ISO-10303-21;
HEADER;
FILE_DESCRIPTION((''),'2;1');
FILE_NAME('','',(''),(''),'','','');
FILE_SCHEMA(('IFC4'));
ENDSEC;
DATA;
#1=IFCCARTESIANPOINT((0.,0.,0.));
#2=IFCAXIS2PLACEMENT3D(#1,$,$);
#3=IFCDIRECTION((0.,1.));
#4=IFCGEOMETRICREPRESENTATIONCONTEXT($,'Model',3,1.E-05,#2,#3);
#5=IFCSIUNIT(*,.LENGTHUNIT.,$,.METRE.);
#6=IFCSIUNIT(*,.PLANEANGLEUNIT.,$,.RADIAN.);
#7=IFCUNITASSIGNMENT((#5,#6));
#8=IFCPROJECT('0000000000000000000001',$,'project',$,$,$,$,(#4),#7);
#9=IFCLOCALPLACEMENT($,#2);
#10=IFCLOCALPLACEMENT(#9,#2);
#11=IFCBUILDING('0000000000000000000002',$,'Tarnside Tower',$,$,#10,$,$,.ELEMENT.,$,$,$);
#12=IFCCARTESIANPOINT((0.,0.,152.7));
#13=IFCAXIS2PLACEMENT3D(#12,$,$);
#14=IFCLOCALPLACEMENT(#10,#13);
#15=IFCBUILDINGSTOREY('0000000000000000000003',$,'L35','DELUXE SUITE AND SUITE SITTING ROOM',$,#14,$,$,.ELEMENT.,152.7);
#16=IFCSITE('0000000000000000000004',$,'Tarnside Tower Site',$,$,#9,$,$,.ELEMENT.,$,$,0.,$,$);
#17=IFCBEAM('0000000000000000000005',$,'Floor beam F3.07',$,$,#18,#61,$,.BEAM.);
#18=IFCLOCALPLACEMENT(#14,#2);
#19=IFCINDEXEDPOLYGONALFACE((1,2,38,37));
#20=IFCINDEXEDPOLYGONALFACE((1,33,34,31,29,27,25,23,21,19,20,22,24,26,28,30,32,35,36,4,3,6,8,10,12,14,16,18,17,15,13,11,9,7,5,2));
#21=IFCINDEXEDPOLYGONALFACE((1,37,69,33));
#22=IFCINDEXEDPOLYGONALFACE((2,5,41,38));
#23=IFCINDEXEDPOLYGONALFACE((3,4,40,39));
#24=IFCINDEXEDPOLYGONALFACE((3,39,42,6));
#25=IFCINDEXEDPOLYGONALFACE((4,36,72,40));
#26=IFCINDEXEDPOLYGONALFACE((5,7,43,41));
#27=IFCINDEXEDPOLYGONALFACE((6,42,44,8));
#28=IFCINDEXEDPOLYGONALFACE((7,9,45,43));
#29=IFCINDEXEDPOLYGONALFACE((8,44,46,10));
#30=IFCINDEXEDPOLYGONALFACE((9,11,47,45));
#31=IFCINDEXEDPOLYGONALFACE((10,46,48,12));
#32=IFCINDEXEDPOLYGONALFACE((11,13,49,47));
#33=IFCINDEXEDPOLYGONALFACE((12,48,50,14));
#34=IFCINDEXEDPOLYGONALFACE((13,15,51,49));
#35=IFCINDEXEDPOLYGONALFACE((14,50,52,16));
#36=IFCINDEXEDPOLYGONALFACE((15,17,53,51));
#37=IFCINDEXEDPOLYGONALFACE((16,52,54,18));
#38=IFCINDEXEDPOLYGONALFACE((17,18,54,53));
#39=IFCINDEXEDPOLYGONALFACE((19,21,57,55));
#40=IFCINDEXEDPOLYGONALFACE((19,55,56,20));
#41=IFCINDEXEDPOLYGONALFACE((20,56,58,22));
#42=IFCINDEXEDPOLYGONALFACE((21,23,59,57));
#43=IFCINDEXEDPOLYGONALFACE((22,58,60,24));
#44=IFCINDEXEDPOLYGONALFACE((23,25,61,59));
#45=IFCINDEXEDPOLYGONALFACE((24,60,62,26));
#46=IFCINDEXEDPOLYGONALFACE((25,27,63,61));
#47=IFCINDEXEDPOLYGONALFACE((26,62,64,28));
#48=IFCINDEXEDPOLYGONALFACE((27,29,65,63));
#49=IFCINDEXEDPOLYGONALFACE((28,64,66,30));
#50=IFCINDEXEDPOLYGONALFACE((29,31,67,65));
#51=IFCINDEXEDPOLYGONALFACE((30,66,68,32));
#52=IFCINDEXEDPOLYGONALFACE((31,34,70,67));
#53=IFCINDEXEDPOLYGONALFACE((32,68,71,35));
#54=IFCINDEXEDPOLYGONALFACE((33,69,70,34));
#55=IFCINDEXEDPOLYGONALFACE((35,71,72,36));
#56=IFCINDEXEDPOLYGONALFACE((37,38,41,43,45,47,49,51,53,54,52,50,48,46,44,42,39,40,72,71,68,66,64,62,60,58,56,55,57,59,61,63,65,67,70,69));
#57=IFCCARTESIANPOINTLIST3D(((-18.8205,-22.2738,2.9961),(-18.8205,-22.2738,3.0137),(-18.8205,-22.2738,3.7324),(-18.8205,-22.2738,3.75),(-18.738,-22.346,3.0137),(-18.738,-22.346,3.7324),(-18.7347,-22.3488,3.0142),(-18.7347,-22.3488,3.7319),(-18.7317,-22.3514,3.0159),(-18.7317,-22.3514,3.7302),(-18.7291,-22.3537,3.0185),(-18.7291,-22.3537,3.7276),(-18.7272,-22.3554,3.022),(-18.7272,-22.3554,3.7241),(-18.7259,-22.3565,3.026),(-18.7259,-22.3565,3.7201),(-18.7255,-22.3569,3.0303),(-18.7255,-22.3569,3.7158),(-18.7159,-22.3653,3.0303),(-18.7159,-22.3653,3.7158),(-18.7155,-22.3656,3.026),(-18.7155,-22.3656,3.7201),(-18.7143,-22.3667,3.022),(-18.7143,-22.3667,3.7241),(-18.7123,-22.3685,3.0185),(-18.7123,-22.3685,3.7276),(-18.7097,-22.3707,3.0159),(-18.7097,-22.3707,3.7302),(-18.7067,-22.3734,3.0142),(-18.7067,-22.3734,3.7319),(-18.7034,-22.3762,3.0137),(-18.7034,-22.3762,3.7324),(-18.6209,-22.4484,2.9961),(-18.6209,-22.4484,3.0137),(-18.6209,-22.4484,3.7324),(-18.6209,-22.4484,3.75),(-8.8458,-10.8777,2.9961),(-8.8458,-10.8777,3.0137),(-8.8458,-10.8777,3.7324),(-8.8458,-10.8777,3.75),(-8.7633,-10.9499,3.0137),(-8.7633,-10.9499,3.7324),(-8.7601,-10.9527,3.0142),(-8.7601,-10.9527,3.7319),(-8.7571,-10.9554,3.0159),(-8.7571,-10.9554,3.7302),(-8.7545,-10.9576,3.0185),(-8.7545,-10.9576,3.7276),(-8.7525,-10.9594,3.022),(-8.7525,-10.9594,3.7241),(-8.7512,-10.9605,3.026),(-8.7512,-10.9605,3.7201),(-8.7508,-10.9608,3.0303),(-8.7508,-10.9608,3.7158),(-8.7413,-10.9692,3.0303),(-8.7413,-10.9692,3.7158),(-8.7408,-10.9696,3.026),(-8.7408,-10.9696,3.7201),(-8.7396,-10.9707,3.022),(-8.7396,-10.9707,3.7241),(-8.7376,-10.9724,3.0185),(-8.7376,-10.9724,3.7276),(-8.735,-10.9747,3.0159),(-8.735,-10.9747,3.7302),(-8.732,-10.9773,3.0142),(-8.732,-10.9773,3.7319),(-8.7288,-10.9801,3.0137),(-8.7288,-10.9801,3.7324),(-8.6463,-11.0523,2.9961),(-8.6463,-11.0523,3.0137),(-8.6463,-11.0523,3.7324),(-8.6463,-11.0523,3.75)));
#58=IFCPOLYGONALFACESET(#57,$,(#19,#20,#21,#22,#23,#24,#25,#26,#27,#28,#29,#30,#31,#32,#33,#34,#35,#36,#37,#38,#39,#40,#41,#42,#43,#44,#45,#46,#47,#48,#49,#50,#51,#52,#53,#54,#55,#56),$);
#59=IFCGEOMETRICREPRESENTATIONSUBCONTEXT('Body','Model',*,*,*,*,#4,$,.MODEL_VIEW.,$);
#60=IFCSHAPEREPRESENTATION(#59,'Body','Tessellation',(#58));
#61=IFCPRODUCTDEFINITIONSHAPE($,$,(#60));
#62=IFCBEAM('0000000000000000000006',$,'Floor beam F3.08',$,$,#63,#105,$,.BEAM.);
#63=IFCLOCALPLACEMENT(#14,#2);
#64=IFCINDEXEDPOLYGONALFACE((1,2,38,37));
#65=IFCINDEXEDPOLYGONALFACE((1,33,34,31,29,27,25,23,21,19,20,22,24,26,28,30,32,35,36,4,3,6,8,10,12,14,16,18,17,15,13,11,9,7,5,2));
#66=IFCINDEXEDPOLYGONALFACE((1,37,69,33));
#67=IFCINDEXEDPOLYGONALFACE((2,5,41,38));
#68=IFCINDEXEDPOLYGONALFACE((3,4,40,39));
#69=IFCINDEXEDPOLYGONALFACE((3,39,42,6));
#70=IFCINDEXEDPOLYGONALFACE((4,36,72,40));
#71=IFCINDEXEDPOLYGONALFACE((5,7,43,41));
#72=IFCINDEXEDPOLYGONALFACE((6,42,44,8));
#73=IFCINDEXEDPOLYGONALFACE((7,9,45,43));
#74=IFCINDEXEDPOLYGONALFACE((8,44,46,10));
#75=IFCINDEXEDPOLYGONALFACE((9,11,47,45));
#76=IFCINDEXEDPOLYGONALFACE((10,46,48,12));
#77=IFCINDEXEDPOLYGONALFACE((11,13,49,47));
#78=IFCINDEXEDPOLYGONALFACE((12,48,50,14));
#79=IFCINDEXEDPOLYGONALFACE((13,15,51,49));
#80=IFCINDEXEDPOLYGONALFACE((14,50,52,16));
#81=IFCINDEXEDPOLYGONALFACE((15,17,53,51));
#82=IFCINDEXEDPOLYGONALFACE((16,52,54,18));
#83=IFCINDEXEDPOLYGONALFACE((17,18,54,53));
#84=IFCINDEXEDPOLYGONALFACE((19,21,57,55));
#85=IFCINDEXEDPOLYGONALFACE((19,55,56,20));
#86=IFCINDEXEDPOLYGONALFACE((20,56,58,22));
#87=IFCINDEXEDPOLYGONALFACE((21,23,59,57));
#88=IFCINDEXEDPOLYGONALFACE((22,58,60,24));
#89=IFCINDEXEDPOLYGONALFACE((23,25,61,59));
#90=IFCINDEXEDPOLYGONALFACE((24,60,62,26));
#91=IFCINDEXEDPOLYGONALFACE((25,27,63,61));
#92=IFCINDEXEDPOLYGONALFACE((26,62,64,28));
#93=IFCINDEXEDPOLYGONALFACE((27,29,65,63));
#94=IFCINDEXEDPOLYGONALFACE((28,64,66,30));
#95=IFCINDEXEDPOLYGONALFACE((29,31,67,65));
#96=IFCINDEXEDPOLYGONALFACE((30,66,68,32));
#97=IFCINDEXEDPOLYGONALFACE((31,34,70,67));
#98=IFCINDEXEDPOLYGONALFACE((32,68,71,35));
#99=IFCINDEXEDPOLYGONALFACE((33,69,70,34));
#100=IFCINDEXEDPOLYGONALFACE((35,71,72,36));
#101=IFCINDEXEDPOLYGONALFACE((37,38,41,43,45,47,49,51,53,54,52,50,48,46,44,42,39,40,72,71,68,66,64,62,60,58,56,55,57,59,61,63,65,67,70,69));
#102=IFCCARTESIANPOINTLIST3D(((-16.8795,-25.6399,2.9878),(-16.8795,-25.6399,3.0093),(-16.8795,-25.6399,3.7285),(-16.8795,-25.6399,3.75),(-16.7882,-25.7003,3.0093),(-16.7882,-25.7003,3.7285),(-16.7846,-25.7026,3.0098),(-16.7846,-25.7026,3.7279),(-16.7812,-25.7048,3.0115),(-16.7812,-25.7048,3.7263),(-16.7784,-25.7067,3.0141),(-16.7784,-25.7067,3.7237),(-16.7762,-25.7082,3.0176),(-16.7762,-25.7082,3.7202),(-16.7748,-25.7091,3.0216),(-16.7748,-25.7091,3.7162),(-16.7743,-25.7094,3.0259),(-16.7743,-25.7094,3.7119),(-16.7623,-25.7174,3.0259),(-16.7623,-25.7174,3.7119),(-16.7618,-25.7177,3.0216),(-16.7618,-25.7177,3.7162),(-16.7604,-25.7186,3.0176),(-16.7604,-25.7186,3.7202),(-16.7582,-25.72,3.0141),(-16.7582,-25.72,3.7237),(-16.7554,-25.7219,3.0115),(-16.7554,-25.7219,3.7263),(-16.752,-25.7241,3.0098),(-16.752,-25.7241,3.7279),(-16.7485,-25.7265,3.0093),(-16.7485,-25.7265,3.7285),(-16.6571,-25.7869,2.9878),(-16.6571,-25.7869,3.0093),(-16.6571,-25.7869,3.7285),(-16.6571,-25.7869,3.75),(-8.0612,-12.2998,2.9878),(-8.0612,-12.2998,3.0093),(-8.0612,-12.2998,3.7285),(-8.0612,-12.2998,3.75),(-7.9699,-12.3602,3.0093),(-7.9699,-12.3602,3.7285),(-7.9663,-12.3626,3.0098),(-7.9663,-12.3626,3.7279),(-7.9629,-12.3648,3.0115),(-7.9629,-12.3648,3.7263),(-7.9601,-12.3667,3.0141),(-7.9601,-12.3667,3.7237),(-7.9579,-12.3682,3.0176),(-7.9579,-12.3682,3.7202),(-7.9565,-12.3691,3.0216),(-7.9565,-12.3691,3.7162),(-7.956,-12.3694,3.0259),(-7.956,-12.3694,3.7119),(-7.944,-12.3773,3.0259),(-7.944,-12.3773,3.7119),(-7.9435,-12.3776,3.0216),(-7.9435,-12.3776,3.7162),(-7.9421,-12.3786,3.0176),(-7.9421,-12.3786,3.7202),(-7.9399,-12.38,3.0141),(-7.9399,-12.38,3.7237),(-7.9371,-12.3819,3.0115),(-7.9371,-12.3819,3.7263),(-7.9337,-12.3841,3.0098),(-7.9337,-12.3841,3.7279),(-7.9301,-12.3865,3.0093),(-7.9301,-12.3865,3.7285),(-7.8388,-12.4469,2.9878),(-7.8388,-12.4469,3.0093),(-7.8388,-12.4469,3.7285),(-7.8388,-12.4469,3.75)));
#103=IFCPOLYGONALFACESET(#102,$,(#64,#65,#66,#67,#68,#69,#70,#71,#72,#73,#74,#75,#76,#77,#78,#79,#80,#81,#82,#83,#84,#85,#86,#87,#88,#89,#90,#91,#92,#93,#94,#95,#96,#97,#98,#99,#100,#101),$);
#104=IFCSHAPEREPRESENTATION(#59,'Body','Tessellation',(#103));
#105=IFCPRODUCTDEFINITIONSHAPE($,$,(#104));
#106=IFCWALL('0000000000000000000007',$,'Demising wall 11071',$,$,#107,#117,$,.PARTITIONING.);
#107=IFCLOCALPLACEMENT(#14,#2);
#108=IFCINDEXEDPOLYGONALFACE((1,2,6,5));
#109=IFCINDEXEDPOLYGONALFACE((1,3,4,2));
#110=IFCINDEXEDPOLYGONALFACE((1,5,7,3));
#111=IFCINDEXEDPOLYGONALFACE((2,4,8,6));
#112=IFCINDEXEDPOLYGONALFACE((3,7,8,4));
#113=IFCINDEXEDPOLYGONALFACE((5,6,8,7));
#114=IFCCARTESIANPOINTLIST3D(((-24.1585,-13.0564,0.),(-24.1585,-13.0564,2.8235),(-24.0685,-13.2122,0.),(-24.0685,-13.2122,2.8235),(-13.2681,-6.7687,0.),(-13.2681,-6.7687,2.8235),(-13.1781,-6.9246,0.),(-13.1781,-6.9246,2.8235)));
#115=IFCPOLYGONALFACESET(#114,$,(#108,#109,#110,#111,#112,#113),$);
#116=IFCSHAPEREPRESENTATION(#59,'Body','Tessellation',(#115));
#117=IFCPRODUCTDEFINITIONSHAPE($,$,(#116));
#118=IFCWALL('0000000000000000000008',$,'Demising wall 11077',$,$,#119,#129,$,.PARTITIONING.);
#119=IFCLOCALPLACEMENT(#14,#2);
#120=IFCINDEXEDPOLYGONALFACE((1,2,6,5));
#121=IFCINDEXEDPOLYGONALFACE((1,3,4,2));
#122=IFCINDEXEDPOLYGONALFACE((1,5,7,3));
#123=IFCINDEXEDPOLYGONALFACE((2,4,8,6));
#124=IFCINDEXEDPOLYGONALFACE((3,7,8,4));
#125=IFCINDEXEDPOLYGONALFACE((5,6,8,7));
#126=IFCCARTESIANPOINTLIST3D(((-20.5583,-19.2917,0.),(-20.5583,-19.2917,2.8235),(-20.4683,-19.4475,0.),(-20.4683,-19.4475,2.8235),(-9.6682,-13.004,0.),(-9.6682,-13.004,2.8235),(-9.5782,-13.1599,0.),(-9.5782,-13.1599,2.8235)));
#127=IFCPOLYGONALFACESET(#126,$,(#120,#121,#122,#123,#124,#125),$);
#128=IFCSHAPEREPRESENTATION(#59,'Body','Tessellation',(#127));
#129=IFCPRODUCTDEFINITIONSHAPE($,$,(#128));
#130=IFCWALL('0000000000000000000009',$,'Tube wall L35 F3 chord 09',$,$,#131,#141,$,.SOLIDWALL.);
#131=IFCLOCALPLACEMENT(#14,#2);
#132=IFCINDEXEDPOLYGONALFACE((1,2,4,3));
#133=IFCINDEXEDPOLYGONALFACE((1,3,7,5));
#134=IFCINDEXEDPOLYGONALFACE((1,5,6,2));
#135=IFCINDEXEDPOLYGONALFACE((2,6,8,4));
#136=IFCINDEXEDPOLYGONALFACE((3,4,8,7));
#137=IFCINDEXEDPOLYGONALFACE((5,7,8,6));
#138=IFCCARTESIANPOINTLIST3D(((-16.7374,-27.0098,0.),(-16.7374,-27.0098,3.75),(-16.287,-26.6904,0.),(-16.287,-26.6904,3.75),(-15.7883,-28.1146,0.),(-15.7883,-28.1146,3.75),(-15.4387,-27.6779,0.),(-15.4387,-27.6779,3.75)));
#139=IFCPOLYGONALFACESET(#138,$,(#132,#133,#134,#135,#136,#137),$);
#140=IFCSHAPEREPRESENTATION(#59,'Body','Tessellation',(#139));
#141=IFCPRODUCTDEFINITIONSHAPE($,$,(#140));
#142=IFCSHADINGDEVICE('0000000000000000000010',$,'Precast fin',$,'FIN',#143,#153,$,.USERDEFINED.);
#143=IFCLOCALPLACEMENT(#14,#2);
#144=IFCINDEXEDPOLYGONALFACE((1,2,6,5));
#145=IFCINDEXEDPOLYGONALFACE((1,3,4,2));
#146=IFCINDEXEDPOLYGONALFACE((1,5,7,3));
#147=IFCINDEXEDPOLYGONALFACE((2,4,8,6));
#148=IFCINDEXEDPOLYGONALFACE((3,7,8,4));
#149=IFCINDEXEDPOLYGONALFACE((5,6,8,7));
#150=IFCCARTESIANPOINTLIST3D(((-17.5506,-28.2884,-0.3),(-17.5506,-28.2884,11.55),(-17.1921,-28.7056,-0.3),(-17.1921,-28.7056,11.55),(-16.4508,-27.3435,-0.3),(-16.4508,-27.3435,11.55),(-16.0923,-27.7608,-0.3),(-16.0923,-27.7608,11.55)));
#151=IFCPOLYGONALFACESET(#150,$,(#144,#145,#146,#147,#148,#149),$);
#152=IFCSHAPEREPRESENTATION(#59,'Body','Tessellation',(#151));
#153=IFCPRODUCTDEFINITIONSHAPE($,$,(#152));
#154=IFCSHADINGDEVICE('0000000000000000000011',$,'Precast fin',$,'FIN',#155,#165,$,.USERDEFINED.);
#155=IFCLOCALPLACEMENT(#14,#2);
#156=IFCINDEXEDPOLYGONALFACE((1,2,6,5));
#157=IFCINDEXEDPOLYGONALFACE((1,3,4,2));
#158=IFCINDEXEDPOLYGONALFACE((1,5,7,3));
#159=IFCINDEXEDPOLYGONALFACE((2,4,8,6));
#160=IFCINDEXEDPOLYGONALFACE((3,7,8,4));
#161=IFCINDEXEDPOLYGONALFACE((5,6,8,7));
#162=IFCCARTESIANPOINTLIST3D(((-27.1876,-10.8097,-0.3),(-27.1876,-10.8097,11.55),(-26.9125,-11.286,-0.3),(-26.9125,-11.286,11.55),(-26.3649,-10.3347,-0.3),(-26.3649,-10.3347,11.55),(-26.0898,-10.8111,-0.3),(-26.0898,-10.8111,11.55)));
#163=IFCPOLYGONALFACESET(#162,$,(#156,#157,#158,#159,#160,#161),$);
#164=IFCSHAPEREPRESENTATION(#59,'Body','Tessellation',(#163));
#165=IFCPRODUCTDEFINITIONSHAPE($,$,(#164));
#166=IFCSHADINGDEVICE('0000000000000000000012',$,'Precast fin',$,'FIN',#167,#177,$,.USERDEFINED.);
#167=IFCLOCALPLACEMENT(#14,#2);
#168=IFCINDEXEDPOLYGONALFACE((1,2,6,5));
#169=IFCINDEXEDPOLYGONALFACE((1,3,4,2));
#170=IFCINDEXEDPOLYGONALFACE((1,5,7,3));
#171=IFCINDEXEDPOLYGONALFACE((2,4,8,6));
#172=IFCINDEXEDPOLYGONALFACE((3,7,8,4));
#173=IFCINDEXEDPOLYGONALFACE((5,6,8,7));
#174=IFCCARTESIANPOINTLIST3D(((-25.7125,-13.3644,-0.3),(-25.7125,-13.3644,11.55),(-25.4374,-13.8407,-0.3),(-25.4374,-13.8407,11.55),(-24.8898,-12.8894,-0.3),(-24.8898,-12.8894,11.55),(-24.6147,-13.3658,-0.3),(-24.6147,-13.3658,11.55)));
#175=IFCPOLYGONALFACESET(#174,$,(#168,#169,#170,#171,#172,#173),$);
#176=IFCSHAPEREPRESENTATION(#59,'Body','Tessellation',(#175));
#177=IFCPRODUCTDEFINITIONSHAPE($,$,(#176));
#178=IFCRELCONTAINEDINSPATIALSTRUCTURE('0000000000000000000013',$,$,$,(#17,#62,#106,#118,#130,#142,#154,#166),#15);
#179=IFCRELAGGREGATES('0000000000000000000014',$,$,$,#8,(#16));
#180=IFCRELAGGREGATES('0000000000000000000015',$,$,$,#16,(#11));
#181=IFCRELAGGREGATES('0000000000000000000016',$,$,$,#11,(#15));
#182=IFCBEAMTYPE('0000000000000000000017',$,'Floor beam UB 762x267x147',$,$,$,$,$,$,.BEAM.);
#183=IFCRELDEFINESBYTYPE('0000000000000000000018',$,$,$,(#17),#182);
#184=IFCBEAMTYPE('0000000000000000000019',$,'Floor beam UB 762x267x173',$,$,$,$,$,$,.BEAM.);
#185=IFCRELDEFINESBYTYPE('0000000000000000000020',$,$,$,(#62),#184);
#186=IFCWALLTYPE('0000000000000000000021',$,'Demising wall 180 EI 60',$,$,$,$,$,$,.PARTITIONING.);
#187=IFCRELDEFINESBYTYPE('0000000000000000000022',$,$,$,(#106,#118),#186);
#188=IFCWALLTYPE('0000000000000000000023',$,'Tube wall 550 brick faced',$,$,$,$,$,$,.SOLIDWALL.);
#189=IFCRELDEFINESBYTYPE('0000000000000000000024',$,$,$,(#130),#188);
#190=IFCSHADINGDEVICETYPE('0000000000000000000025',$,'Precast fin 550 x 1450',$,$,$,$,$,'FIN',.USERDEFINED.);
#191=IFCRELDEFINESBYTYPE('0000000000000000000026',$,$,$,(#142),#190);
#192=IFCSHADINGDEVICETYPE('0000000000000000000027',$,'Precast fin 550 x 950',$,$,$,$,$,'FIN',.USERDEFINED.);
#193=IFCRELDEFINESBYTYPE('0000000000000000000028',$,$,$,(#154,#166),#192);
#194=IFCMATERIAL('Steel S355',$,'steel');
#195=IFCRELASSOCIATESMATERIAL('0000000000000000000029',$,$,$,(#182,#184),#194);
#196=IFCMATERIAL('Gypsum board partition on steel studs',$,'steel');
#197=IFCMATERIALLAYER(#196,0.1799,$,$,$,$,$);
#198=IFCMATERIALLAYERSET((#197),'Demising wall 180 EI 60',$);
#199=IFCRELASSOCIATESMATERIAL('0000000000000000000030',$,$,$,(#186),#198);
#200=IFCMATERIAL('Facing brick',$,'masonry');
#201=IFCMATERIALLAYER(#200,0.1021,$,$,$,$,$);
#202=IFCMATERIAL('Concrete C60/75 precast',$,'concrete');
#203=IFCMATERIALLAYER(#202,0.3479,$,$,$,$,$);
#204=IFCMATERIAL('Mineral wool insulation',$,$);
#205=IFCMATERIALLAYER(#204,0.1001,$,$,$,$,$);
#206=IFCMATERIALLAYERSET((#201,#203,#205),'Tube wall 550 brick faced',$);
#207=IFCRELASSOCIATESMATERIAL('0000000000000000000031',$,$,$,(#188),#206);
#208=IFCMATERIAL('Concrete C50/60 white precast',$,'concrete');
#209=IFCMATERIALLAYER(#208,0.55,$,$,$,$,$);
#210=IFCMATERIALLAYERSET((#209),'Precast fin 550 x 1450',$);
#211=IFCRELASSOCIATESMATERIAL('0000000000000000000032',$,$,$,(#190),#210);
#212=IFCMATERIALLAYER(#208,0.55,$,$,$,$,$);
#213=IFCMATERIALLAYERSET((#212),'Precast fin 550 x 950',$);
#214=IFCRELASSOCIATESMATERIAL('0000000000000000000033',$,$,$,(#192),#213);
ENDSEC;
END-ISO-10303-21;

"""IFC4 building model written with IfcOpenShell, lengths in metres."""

from ifc_helpers import new_model, si_unit, direction, frame, frame_2d, origin, origin_2d, place, context, subcontext, project, spatial, polyline, rectangle, i_section, outline, extrude, material, layer, layer_set, material_profile, profile_set, type_object, element, save


model = new_model("IFC4")

# Units and contexts
model_context = context("Model", 3, precision=1e-05, world=origin(), true_north=direction((0.0, 1.0)))
body_context = subcontext(model_context, "Body", "Model", "MODEL_VIEW")
ifc_project = project(units=[si_unit("LENGTHUNIT", "METRE"), si_unit("PLANEANGLEUNIT", "RADIAN")], contexts=[model_context])

# Site, building, storey
site_placement = place(None, origin())
site = spatial("IfcSite", under=ifc_project, at=site_placement, Name="Tarnside Tower Site", CompositionType="ELEMENT", RefElevation=0.0)
building_placement = place(site_placement, origin())
building = spatial("IfcBuilding", under=site, at=building_placement, Name="Tarnside Tower", CompositionType="ELEMENT")
storey_placement = place(building_placement, frame((0.0, 0.0, 152.7)))
storey = spatial("IfcBuildingStorey", under=building, at=storey_placement, Name="L35", Description="DELUXE SUITE AND SUITE SITTING ROOM", CompositionType="ELEMENT", Elevation=152.7)

# Beams
ifc_material_1 = material(Name="Steel S355", Category="steel")
ifc_material_profile_1 = material_profile(ifc_material_1, i_section(OverallWidth=0.2651, OverallDepth=0.7539, WebThickness=0.0127, FlangeThickness=0.0176, FilletRadius=0.0166, at=origin_2d()), Name="UB 762x267x147")
ifc_profile_set_1 = profile_set([ifc_material_profile_1], Name="Steel S355")
beam_type_1 = type_object("IfcBeamType", Name="Floor beam UB 762x267x147", PredefinedType="BEAM", material=ifc_profile_set_1)
beam_1_placement = place(storey_placement, frame((-18.7207, -22.3611, 3.373), z_axis=(0.658621, 0.752475, 0.0), x_axis=(-0.752475, 0.658621, 0.0)))
element("IfcBeam", 1, at=beam_1_placement, inside=storey, type_object=beam_type_1, Name="Floor beam F3.07", PredefinedType="BEAM", context=body_context, shape_type="SweptSolid", body=[
    extrude(i_section(OverallWidth=0.2651, OverallDepth=0.7539, WebThickness=0.0127, FlangeThickness=0.0176, FilletRadius=0.0166, at=origin_2d()), origin(), (0.0, 0.0, 1.0), 15.1448),
])
ifc_material_profile_2 = material_profile(ifc_material_1, i_section(OverallWidth=0.2666, OverallDepth=0.7622, WebThickness=0.0144, FlangeThickness=0.0215, FilletRadius=0.0166, at=origin_2d()), Name="UB 762x267x173")
ifc_profile_set_2 = profile_set([ifc_material_profile_2], Name="Steel S355")
beam_type_2 = type_object("IfcBeamType", Name="Floor beam UB 762x267x173", PredefinedType="BEAM", material=ifc_profile_set_2)
beam_2_placement = place(storey_placement, frame((-16.7683, -25.7134, 3.3689), z_axis=(0.551448, 0.83421, 0.0), x_axis=(-0.83421, 0.551448, 0.0)))
element("IfcBeam", 2, at=beam_2_placement, inside=storey, type_object=beam_type_2, Name="Floor beam F3.08", PredefinedType="BEAM", context=body_context, shape_type="SweptSolid", body=[
    extrude(i_section(OverallWidth=0.2666, OverallDepth=0.7622, WebThickness=0.0144, FlangeThickness=0.0215, FilletRadius=0.0166, at=origin_2d()), origin(), (0.0, 0.0, 1.0), 15.9912),
])

# Walls
ifc_material_2 = material(Name="Gypsum board partition on steel studs", Category="steel")
ifc_layer_1 = layer(ifc_material_2, 0.1799)
ifc_layer_set_1 = layer_set([ifc_layer_1], Name="Demising wall 180 EI 60")
wall_type_1 = type_object("IfcWallType", Name="Demising wall 180 EI 60", PredefinedType="PARTITIONING", material=ifc_layer_set_1)
wall_1_placement = place(storey_placement, frame((-24.1135, -13.1343, 0.0), z_axis=(0.0, 0.0, 1.0), x_axis=(0.866024, 0.500002, 0.0)))
element("IfcWall", 3, at=wall_1_placement, inside=storey, type_object=wall_type_1, Name="Demising wall 11071", PredefinedType="PARTITIONING", context=body_context, shape_type="SweptSolid", body=[
    extrude(rectangle(XDim=12.5752, YDim=0.1799, at=frame_2d((6.2876, 0.0))), origin(), (0.0, 0.0, 1.0), 2.8235),
])
wall_2_placement = place(storey_placement, frame((-20.5134, -19.3696, 0.0), z_axis=(0.0, 0.0, 1.0), x_axis=(0.866019, 0.50001, 0.0)))
element("IfcWall", 4, at=wall_2_placement, inside=storey, type_object=wall_type_1, Name="Demising wall 11077", PredefinedType="PARTITIONING", context=body_context, shape_type="SweptSolid", body=[
    extrude(rectangle(XDim=12.575, YDim=0.1799, at=frame_2d((6.2876, 0.0))), origin(), (0.0, 0.0, 1.0), 2.8235),
])
ifc_material_3 = material(Name="Facing brick", Category="masonry")
ifc_layer_2 = layer(ifc_material_3, 0.1021)
ifc_material_4 = material(Name="Concrete C60/75 precast", Category="concrete")
ifc_layer_3 = layer(ifc_material_4, 0.3479)
ifc_material_5 = material(Name="Mineral wool insulation")
ifc_layer_4 = layer(ifc_material_5, 0.1001)
ifc_layer_set_2 = layer_set([ifc_layer_2, ifc_layer_3, ifc_layer_4], Name="Tube wall 550 brick faced")
wall_type_2 = type_object("IfcWallType", Name="Tube wall 550 brick faced", PredefinedType="SOLIDWALL", material=ifc_layer_set_2)
wall_3_placement = place(storey_placement, frame((-16.5122, -26.8501, 0.0), z_axis=(0.0, 0.0, 1.0), x_axis=(0.651622, -0.758544, 0.0)))
element("IfcWall", 5, at=wall_3_placement, inside=storey, type_object=wall_type_2, Name="Tube wall L35 F3 chord 09", PredefinedType="SOLIDWALL", context=body_context, shape_type="SweptSolid", body=[
    extrude(outline(polyline([(-0.0256, -0.2749), (1.4309, -0.2749), (1.3274, 0.2749), (0.0256, 0.2749), (-0.0256, -0.2749)])), origin(), (0.0, 0.0, 1.0), 3.75),
])

# Shading devices
ifc_material_6 = material(Name="Concrete C50/60 white precast", Category="concrete")
ifc_layer_5 = layer(ifc_material_6, 0.55)
ifc_layer_set_3 = layer_set([ifc_layer_5], Name="Precast fin 550 x 1450")
shading_device_type_1 = type_object("IfcShadingDeviceType", Name="Precast fin 550 x 1450", ElementType="FIN", PredefinedType="USERDEFINED", material=ifc_layer_set_3)
shading_device_placement = place(storey_placement, frame((-16.2715, -27.5522, -0.3), z_axis=(-0.651657, 0.758514, 0.0), x_axis=(-0.758514, -0.651657, 0.0)))
element("IfcShadingDevice", 6, at=shading_device_placement, inside=storey, type_object=shading_device_type_1, Name="Precast fin", ObjectType="FIN", PredefinedType="USERDEFINED", context=body_context, shape_type="SweptSolid", body=[
    extrude(outline(polyline([(0.0, 0.0), (1.45, 0.0), (1.45, 11.8501), (0.0, 11.8501), (0.0, 0.0)])), frame((0.0, 0.0, -0.2749)), (0.0, 0.0, 1.0), 0.55),
])
ifc_layer_6 = layer(ifc_material_6, 0.55)
ifc_layer_set_4 = layer_set([ifc_layer_6], Name="Precast fin 550 x 950")
shading_device_type_2 = type_object("IfcShadingDeviceType", Name="Precast fin 550 x 950", ElementType="FIN", PredefinedType="USERDEFINED", material=ifc_layer_set_4)
for number, where, z_axis, x_axis, name in (
    (7, (-26.2273, -10.573, -0.3), (-0.5, 0.866025, 0.0), (-0.866025, -0.5, 0.0), "Precast fin"),
    (8, (-24.7522, -13.1277, -0.3), (-0.5, 0.866025, 0.0), (-0.866025, -0.5, 0.0), "Precast fin"),
):
    element("IfcShadingDevice", number, at=place(storey_placement, frame(where, z_axis=z_axis, x_axis=x_axis)), inside=storey, type_object=shading_device_type_2, Name=name, ObjectType="FIN", PredefinedType="USERDEFINED", context=body_context, shape_type="SweptSolid", body=[
        extrude(outline(polyline([(0.0, 0.0), (0.95, 0.0), (0.95, 11.8501), (0.0, 11.8501), (0.0, 0.0)])), frame((0.0, 0.0, -0.2749)), (0.0, 0.0, 1.0), 0.55),
    ])

save(model, "model.ifc")
